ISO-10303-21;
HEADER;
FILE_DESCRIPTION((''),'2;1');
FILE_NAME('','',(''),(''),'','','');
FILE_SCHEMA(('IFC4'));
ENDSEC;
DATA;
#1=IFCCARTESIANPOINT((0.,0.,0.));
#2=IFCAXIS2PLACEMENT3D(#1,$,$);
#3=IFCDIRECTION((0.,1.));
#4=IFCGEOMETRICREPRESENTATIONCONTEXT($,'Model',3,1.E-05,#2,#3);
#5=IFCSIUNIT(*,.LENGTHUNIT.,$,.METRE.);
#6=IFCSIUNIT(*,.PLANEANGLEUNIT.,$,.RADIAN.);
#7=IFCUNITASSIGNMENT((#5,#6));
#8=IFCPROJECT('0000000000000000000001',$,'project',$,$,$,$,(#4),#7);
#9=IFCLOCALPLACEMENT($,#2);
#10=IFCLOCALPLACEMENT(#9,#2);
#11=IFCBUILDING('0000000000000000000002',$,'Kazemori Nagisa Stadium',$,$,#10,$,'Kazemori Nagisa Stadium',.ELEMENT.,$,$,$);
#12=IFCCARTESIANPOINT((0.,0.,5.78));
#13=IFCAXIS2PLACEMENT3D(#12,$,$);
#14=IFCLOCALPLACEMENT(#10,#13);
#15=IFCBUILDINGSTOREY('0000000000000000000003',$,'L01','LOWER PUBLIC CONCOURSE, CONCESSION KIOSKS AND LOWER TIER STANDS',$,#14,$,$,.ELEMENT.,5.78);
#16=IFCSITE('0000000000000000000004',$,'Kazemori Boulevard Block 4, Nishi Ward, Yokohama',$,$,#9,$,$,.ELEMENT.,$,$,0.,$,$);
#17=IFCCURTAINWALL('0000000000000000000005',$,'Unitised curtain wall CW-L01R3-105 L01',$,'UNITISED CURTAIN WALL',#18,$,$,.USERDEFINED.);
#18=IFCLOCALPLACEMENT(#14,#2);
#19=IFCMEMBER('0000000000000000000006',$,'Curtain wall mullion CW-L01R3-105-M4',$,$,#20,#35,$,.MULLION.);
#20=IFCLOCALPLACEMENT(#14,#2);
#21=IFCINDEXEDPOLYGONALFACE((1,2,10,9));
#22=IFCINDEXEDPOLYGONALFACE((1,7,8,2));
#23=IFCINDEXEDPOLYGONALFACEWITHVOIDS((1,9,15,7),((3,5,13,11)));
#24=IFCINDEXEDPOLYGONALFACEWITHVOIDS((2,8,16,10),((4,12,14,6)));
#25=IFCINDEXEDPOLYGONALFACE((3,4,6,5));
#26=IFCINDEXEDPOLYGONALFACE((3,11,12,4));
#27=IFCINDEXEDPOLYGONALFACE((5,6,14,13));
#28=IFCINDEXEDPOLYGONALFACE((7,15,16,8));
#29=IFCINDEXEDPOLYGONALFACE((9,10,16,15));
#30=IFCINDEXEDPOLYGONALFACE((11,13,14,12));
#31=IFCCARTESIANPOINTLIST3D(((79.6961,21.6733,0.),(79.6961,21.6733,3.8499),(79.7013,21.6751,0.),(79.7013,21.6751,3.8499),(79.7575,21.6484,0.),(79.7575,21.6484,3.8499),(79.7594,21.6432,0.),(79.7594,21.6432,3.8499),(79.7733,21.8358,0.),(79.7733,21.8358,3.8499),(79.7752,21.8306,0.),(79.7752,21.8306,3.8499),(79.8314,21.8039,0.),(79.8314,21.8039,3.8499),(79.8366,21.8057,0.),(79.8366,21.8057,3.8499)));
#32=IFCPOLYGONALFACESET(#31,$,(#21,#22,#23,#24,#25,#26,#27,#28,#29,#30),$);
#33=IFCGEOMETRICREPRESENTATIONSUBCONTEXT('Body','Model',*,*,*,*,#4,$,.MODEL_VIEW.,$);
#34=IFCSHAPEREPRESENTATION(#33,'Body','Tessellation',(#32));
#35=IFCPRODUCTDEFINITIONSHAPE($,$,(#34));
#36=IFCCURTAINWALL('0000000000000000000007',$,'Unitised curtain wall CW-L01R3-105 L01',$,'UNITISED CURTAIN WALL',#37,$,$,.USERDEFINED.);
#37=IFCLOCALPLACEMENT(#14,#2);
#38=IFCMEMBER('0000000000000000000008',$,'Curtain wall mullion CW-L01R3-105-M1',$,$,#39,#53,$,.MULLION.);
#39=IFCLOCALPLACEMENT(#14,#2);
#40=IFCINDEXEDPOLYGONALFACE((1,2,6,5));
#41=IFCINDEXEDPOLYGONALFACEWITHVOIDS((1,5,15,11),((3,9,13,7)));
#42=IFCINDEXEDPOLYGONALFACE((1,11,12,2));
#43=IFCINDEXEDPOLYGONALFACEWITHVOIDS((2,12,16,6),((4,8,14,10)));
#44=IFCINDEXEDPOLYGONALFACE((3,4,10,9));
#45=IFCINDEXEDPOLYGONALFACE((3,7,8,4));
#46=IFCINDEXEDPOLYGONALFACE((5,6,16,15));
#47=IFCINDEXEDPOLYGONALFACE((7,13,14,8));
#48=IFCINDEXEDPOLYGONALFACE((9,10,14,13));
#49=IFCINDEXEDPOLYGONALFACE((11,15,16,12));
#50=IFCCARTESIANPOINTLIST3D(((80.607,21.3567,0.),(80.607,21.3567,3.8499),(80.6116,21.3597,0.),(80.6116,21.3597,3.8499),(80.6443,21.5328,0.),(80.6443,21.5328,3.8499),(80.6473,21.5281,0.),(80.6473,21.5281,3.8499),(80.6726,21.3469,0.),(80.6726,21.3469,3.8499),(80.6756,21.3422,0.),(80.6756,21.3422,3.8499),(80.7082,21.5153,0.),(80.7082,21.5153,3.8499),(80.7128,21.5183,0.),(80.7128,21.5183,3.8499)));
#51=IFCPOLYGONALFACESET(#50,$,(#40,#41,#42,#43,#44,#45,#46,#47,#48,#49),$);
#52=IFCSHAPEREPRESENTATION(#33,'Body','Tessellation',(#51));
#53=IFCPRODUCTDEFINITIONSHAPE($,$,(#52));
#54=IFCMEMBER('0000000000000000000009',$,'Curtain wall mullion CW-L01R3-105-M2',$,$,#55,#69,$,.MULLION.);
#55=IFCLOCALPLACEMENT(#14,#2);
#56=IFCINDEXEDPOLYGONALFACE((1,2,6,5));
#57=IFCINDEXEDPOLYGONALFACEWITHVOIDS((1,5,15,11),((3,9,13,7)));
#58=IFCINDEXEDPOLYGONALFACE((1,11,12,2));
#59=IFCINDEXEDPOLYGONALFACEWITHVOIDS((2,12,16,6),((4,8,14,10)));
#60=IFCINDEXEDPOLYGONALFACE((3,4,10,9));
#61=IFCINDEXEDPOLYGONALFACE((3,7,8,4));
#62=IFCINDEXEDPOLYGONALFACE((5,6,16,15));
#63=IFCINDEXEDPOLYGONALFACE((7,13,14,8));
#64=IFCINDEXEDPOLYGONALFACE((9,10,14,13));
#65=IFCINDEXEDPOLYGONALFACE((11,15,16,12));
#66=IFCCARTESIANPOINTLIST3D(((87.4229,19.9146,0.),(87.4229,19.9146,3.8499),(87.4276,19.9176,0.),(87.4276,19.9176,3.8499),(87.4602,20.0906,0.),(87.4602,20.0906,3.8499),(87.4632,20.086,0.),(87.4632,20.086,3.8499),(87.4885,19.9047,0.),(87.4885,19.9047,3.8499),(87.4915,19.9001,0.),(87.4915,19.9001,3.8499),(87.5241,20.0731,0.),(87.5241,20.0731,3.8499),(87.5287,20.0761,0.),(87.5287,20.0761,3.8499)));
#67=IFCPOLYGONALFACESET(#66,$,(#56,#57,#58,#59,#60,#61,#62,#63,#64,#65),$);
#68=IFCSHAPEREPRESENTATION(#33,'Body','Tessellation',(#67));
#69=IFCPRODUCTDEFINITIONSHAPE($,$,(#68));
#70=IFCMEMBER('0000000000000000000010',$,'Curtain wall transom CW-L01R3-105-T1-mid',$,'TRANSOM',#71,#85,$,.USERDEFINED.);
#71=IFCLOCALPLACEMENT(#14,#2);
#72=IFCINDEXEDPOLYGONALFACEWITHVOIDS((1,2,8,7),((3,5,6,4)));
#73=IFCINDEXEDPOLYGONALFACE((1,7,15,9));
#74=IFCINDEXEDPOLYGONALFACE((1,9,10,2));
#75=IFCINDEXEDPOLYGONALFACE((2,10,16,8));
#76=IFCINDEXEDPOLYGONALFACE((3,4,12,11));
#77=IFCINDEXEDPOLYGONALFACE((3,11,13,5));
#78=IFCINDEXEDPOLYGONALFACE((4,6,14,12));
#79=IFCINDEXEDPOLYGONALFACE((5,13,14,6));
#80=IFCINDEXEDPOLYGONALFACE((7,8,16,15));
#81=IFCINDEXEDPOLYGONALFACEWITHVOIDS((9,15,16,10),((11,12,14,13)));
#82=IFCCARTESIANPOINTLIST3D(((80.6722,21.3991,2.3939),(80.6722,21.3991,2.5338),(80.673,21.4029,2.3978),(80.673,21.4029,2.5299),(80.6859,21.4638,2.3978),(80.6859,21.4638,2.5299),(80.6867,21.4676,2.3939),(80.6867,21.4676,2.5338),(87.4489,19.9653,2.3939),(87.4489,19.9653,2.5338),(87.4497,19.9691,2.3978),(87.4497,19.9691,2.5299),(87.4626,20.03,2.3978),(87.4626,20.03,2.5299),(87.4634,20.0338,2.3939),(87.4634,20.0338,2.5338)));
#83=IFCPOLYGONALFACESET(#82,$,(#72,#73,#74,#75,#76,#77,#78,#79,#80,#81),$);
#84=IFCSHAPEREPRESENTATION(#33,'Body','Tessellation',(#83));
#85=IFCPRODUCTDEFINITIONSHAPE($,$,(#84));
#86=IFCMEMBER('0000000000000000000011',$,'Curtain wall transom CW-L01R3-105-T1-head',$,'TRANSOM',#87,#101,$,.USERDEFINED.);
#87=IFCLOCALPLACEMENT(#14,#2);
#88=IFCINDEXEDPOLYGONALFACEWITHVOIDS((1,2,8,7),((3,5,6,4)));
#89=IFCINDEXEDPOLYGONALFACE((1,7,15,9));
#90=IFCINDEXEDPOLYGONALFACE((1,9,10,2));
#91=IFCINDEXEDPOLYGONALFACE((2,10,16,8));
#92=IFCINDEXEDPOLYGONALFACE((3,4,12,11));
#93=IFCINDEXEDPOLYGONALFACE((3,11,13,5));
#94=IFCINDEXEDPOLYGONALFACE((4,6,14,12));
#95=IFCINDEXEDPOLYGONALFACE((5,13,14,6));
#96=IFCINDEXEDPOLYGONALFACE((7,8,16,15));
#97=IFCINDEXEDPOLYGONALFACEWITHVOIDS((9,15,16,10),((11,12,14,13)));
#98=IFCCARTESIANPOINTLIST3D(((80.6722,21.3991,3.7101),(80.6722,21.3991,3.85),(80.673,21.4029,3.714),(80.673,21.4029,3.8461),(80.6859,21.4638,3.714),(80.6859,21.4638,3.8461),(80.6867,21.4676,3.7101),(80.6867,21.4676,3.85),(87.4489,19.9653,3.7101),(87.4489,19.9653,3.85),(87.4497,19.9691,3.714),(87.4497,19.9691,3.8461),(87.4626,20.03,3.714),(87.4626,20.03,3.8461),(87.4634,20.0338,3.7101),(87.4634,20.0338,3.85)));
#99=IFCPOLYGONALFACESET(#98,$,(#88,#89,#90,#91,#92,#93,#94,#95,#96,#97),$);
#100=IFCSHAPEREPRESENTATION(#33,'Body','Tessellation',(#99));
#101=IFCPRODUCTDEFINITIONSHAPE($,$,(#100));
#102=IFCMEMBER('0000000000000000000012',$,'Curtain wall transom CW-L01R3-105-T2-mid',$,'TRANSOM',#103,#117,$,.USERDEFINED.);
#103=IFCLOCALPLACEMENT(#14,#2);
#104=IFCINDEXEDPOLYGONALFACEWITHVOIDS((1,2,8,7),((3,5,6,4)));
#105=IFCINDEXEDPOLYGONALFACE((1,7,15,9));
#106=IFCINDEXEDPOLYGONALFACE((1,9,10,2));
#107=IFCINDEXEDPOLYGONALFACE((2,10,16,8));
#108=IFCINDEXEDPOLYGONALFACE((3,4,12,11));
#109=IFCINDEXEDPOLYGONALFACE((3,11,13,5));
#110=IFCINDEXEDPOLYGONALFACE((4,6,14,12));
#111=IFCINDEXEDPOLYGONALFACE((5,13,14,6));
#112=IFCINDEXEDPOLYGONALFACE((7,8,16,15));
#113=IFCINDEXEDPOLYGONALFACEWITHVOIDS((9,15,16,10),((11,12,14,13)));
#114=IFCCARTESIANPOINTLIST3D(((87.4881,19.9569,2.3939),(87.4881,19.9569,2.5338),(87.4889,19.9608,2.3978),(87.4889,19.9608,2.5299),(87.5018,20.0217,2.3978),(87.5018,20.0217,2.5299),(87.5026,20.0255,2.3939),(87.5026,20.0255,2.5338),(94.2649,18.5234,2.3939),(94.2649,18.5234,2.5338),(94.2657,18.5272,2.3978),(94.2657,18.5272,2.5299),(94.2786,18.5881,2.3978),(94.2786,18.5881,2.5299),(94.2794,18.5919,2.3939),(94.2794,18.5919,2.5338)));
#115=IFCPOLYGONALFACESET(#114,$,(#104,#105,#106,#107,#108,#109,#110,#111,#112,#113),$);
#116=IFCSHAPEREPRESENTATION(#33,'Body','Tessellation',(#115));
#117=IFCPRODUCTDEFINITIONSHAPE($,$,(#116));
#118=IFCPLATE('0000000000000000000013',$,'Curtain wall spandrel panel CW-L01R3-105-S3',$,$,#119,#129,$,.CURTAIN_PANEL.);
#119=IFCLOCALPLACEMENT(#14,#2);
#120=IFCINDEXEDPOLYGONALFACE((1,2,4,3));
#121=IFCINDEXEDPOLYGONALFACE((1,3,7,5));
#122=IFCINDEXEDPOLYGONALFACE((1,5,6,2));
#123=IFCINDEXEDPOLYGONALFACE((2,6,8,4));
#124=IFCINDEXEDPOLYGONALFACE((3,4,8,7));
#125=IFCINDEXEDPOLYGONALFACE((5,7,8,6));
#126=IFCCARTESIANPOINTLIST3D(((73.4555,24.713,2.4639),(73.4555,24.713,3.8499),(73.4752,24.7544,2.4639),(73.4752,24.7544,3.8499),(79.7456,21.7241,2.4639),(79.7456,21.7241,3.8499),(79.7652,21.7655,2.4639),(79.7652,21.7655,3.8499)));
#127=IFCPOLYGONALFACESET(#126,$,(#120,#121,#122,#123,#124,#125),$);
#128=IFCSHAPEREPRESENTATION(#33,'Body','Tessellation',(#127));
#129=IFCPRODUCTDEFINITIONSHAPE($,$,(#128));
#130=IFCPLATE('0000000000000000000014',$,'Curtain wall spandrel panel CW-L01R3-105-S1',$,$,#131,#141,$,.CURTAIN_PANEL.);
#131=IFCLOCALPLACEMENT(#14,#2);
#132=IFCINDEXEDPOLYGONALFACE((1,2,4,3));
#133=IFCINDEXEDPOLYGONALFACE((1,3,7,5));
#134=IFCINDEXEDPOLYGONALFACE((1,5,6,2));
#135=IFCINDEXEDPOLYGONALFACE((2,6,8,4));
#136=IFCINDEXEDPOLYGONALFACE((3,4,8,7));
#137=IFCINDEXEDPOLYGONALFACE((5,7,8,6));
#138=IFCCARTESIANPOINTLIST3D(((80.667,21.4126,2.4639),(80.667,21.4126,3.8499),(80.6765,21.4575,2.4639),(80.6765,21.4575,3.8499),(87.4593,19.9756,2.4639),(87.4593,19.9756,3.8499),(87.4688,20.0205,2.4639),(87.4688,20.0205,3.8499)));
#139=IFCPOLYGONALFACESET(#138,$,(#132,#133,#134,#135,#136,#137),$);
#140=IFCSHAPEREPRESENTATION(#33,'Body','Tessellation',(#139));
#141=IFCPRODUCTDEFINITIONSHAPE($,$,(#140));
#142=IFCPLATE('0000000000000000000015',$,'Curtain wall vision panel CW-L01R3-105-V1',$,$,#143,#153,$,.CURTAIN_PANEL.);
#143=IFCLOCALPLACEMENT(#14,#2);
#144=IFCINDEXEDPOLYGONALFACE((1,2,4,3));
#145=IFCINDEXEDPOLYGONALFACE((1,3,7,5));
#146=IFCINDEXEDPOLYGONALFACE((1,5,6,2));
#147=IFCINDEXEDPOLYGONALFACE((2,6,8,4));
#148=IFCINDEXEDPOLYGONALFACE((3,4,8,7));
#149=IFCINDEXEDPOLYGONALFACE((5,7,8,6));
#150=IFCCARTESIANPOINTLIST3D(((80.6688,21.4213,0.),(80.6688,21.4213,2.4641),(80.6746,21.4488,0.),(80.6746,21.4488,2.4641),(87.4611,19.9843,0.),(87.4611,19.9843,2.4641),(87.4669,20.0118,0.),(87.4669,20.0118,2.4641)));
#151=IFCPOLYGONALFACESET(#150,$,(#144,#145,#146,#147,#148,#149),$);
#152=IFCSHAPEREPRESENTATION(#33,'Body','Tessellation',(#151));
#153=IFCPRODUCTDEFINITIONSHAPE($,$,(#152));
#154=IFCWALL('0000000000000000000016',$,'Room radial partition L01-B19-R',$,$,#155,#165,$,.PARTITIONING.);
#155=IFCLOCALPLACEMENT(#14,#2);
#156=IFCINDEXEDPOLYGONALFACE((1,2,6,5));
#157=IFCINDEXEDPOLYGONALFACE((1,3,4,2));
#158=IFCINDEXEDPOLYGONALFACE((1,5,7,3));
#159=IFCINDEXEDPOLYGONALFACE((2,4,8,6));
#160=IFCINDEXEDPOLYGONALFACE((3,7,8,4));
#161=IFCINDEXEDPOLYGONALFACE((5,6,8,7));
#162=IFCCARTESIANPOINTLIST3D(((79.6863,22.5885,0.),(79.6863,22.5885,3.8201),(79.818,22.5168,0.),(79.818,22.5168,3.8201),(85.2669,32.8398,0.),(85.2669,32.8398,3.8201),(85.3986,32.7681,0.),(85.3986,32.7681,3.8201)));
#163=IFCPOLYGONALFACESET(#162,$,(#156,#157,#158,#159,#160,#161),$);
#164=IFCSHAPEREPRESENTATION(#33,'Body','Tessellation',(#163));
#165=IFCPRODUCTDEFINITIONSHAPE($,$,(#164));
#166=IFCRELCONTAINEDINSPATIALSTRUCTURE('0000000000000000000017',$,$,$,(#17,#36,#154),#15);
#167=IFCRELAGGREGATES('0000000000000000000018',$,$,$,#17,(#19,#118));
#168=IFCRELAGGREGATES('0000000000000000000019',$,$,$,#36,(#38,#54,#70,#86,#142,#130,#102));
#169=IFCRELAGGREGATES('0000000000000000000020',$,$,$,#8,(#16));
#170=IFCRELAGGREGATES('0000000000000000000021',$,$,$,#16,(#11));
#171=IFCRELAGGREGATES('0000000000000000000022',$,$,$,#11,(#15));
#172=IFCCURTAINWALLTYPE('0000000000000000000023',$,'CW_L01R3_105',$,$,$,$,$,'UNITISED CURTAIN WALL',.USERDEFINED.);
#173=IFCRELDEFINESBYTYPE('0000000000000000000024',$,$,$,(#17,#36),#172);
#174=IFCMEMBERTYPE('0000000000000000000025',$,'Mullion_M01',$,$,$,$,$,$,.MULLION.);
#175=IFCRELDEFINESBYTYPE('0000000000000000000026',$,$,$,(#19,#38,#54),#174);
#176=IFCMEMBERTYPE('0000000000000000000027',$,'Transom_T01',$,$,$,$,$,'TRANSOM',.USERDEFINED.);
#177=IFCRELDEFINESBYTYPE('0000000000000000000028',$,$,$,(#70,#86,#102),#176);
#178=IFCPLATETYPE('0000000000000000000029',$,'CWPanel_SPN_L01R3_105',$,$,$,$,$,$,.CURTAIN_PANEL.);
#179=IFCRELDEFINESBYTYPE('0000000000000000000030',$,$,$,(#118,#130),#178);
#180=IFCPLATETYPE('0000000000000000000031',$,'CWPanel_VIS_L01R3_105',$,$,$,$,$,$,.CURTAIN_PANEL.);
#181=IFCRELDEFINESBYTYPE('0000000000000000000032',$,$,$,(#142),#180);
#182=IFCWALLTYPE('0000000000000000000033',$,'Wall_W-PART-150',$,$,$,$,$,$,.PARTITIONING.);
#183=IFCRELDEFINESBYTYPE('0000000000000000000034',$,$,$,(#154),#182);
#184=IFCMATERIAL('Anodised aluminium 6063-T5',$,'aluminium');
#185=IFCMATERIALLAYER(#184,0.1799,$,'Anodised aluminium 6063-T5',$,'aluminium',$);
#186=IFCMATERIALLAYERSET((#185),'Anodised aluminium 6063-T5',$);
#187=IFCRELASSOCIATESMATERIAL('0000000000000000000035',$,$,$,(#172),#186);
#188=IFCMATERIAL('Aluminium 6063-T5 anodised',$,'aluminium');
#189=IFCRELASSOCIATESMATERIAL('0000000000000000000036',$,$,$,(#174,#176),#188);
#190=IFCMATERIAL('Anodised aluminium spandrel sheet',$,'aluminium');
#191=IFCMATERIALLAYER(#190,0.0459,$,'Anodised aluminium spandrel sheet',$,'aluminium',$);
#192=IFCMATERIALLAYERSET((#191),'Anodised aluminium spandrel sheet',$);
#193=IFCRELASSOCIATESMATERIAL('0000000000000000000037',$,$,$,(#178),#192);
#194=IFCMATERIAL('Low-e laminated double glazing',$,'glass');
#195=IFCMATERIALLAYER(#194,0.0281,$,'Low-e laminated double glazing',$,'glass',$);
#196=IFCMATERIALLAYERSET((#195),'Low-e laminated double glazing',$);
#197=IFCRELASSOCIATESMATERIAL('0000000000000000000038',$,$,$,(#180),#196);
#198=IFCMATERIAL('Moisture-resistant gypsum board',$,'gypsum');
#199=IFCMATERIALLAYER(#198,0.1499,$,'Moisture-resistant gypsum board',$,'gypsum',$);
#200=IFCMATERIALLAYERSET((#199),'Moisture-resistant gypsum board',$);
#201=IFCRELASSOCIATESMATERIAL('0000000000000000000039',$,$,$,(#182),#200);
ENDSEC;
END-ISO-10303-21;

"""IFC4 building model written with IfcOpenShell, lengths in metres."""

from ifc_helpers import new_model, si_unit, direction, frame, frame_2d, origin, origin_2d, place, context, subcontext, project, spatial, rectangle, hollow_rectangle, extrude, material, layer, layer_set, material_profile, profile_set, type_object, element, aggregate, save


model = new_model("IFC4")

# Units and contexts
model_context = context("Model", 3, precision=1e-05, world=origin(), true_north=direction((0.0, 1.0)))
body_context = subcontext(model_context, "Body", "Model", "MODEL_VIEW")
ifc_project = project(units=[si_unit("LENGTHUNIT", "METRE"), si_unit("PLANEANGLEUNIT", "RADIAN")], contexts=[model_context])

# Site, building, storey
site_placement = place(None, origin())
site = spatial("IfcSite", under=ifc_project, at=site_placement, Name="Kazemori Boulevard Block 4, Nishi Ward, Yokohama", CompositionType="ELEMENT", RefElevation=0.0)
building_placement = place(site_placement, origin())
building = spatial("IfcBuilding", under=site, at=building_placement, Name="Kazemori Nagisa Stadium", LongName="Kazemori Nagisa Stadium", CompositionType="ELEMENT")
storey_placement = place(building_placement, frame((0.0, 0.0, 5.78)))
storey = spatial("IfcBuildingStorey", under=building, at=storey_placement, Name="L01", Description="LOWER PUBLIC CONCOURSE, CONCESSION KIOSKS AND LOWER TIER STANDS", CompositionType="ELEMENT", Elevation=5.78)

# Curtain wall, member
ifc_material_1 = material(Name="Anodised aluminium 6063-T5", Category="aluminium")
ifc_layer_1 = layer(ifc_material_1, 0.1799, Name="Anodised aluminium 6063-T5", Category="aluminium")
ifc_layer_set_1 = layer_set([ifc_layer_1], Name="Anodised aluminium 6063-T5")
curtain_wall_type = type_object("IfcCurtainWallType", Name="CW_L01R3_105", ElementType="UNITISED CURTAIN WALL", PredefinedType="USERDEFINED", material=ifc_layer_set_1)
curtain_wall_1_placement = place(storey_placement, origin())
curtain_wall_1 = element("IfcCurtainWall", 1, at=curtain_wall_1_placement, inside=storey, type_object=curtain_wall_type, Name="Unitised curtain wall CW-L01R3-105 L01", ObjectType="UNITISED CURTAIN WALL", PredefinedType="USERDEFINED")
ifc_material_2 = material(Name="Aluminium 6063-T5 anodised", Category="aluminium")
ifc_material_profile_1 = material_profile(ifc_material_2, hollow_rectangle(XDim=0.0701, YDim=0.1799, WallThickness=0.0039, at=origin_2d()), Name="ALU-MULL-70x180x4")
ifc_profile_set_1 = profile_set([ifc_material_profile_1], Name="Aluminium 6063-T5 anodised")
member_type_1 = type_object("IfcMemberType", Name="Mullion_M01", PredefinedType="MULLION", material=ifc_profile_set_1)
member_1_placement = place(storey_placement, frame((79.7664, 21.7395, 0.0), z_axis=(0.0, 0.0, 1.0), x_axis=(0.903216, -0.429186, 0.0)))
member_1 = element("IfcMember", 2, at=member_1_placement, type_object=member_type_1, Name="Curtain wall mullion CW-L01R3-105-M4", PredefinedType="MULLION", context=body_context, shape_type="SweptSolid", body=[
    extrude(hollow_rectangle(XDim=0.0701, YDim=0.1799, WallThickness=0.0039, at=origin_2d()), origin(), (0.0, 0.0, 1.0), 3.8499),
])

# Curtain wall, members
curtain_wall_2_placement = place(storey_placement, origin())
curtain_wall_2 = element("IfcCurtainWall", 3, at=curtain_wall_2_placement, inside=storey, type_object=curtain_wall_type, Name="Unitised curtain wall CW-L01R3-105 L01", ObjectType="UNITISED CURTAIN WALL", PredefinedType="USERDEFINED")
member_2_placement = place(storey_placement, frame((80.6599, 21.4375, 0.0), z_axis=(0.0, 0.0, 1.0), x_axis=(0.978345, -0.206981, 0.0)))
member_2 = element("IfcMember", 4, at=member_2_placement, type_object=member_type_1, Name="Curtain wall mullion CW-L01R3-105-M1", PredefinedType="MULLION", context=body_context, shape_type="SweptSolid", body=[
    extrude(hollow_rectangle(XDim=0.0701, YDim=0.1799, WallThickness=0.0039, at=origin_2d()), origin(), (0.0, 0.0, 1.0), 3.8499),
])
member_3_placement = place(storey_placement, frame((87.4758, 19.9954, 0.0), z_axis=(0.0, 0.0, 1.0), x_axis=(0.978345, -0.206981, 0.0)))
member_3 = element("IfcMember", 5, at=member_3_placement, type_object=member_type_1, Name="Curtain wall mullion CW-L01R3-105-M2", PredefinedType="MULLION", context=body_context, shape_type="SweptSolid", body=[
    extrude(hollow_rectangle(XDim=0.0701, YDim=0.1799, WallThickness=0.0039, at=origin_2d()), origin(), (0.0, 0.0, 1.0), 3.8499),
])
ifc_material_profile_2 = material_profile(ifc_material_2, hollow_rectangle(XDim=0.0701, YDim=0.1399, WallThickness=0.0039, at=origin_2d()), Name="ALU-TRAN-70x140x4")
ifc_profile_set_2 = profile_set([ifc_material_profile_2], Name="Aluminium 6063-T5 anodised")
member_type_2 = type_object("IfcMemberType", Name="Transom_T01", ElementType="TRANSOM", PredefinedType="USERDEFINED", material=ifc_profile_set_2)
member_4_placement = place(storey_placement, frame((80.6794, 21.4333, 2.4639), z_axis=(0.978342, -0.206996, 0.0), x_axis=(0.206996, 0.978342, 0.0)))
member_4 = element("IfcMember", 6, at=member_4_placement, type_object=member_type_2, Name="Curtain wall transom CW-L01R3-105-T1-mid", ObjectType="TRANSOM", PredefinedType="USERDEFINED", context=body_context, shape_type="SweptSolid", body=[
    extrude(hollow_rectangle(XDim=0.0701, YDim=0.1399, WallThickness=0.0039, at=origin_2d()), origin(), (0.0, 0.0, 1.0), 6.9268),
])
member_5_placement = place(storey_placement, frame((80.6794, 21.4333, 3.78), z_axis=(0.978342, -0.206996, 0.0), x_axis=(0.206996, 0.978342, 0.0)))
member_5 = element("IfcMember", 7, at=member_5_placement, type_object=member_type_2, Name="Curtain wall transom CW-L01R3-105-T1-head", ObjectType="TRANSOM", PredefinedType="USERDEFINED", context=body_context, shape_type="SweptSolid", body=[
    extrude(hollow_rectangle(XDim=0.0701, YDim=0.1399, WallThickness=0.0039, at=origin_2d()), origin(), (0.0, 0.0, 1.0), 6.9268),
])
member_6_placement = place(storey_placement, frame((87.4954, 19.9912, 2.4639), z_axis=(0.978349, -0.206962, 0.0), x_axis=(0.206962, 0.978349, 0.0)))
member_6 = element("IfcMember", 8, at=member_6_placement, type_object=member_type_2, Name="Curtain wall transom CW-L01R3-105-T2-mid", ObjectType="TRANSOM", PredefinedType="USERDEFINED", context=body_context, shape_type="SweptSolid", body=[
    extrude(hollow_rectangle(XDim=0.0701, YDim=0.1399, WallThickness=0.0039, at=origin_2d()), origin(), (0.0, 0.0, 1.0), 6.9268),
])

# Plates
ifc_material_3 = material(Name="Anodised aluminium spandrel sheet", Category="aluminium")
ifc_layer_2 = layer(ifc_material_3, 0.0459, Name="Anodised aluminium spandrel sheet", Category="aluminium")
ifc_layer_set_2 = layer_set([ifc_layer_2], Name="Anodised aluminium spandrel sheet")
plate_type_1 = type_object("IfcPlateType", Name="CWPanel_SPN_L01R3_105", PredefinedType="CURTAIN_PANEL", material=ifc_layer_set_2)
plate_1_placement = place(storey_placement, frame((76.6104, 23.2393, 2.4639), z_axis=(0.0, 0.0, 1.0), x_axis=(0.903216, -0.429186, 0.0)))
plate_1 = element("IfcPlate", 9, at=plate_1_placement, type_object=plate_type_1, Name="Curtain wall spandrel panel CW-L01R3-105-S3", PredefinedType="CURTAIN_PANEL", context=body_context, shape_type="SweptSolid", body=[
    extrude(rectangle(XDim=6.9641, YDim=0.0459, at=origin_2d()), origin(), (0.0, 0.0, 1.0), 1.386),
])
aggregate(curtain_wall_1, [member_1, plate_1])
plate_2_placement = place(storey_placement, frame((84.0679, 20.7166, 2.4639), z_axis=(0.0, 0.0, 1.0), x_axis=(0.978345, -0.206981, 0.0)))
plate_2 = element("IfcPlate", 10, at=plate_2_placement, type_object=plate_type_1, Name="Curtain wall spandrel panel CW-L01R3-105-S1", PredefinedType="CURTAIN_PANEL", context=body_context, shape_type="SweptSolid", body=[
    extrude(rectangle(XDim=6.9426, YDim=0.0459, at=origin_2d()), origin(), (0.0, 0.0, 1.0), 1.386),
])
ifc_material_4 = material(Name="Low-e laminated double glazing", Category="glass")
ifc_layer_3 = layer(ifc_material_4, 0.0281, Name="Low-e laminated double glazing", Category="glass")
ifc_layer_set_3 = layer_set([ifc_layer_3], Name="Low-e laminated double glazing")
plate_type_2 = type_object("IfcPlateType", Name="CWPanel_VIS_L01R3_105", PredefinedType="CURTAIN_PANEL", material=ifc_layer_set_3)
plate_3_placement = place(storey_placement, frame((84.0679, 20.7166, 0.0), z_axis=(0.0, 0.0, 1.0), x_axis=(0.978345, -0.206981, 0.0)))
plate_3 = element("IfcPlate", 11, at=plate_3_placement, type_object=plate_type_2, Name="Curtain wall vision panel CW-L01R3-105-V1", PredefinedType="CURTAIN_PANEL", context=body_context, shape_type="SweptSolid", body=[
    extrude(rectangle(XDim=6.9426, YDim=0.0281, at=origin_2d()), origin(), (0.0, 0.0, 1.0), 2.4641),
])
aggregate(curtain_wall_2, [member_2, member_3, member_4, member_5, plate_3, plate_2, member_6])

# Wall
ifc_material_5 = material(Name="Moisture-resistant gypsum board", Category="gypsum")
ifc_layer_4 = layer(ifc_material_5, 0.1499, Name="Moisture-resistant gypsum board", Category="gypsum")
ifc_layer_set_4 = layer_set([ifc_layer_4], Name="Moisture-resistant gypsum board")
wall_type = type_object("IfcWallType", Name="Wall_W-PART-150", PredefinedType="PARTITIONING", material=ifc_layer_set_4)
wall_1_placement = place(storey_placement, frame((85.3328, 32.804, 0.0), z_axis=(0.0, 0.0, 1.0), x_axis=(-0.478125, -0.878292, 0.0)))
element("IfcWall", 12, at=wall_1_placement, inside=storey, type_object=wall_type, Name="Room radial partition L01-B19-R", PredefinedType="PARTITIONING", context=body_context, shape_type="SweptSolid", body=[
    extrude(rectangle(XDim=11.6719, YDim=0.1499, at=frame_2d((5.8359, 0.0))), origin(), (0.0, 0.0, 1.0), 3.8201),
])

save(model, "model.ifc")
